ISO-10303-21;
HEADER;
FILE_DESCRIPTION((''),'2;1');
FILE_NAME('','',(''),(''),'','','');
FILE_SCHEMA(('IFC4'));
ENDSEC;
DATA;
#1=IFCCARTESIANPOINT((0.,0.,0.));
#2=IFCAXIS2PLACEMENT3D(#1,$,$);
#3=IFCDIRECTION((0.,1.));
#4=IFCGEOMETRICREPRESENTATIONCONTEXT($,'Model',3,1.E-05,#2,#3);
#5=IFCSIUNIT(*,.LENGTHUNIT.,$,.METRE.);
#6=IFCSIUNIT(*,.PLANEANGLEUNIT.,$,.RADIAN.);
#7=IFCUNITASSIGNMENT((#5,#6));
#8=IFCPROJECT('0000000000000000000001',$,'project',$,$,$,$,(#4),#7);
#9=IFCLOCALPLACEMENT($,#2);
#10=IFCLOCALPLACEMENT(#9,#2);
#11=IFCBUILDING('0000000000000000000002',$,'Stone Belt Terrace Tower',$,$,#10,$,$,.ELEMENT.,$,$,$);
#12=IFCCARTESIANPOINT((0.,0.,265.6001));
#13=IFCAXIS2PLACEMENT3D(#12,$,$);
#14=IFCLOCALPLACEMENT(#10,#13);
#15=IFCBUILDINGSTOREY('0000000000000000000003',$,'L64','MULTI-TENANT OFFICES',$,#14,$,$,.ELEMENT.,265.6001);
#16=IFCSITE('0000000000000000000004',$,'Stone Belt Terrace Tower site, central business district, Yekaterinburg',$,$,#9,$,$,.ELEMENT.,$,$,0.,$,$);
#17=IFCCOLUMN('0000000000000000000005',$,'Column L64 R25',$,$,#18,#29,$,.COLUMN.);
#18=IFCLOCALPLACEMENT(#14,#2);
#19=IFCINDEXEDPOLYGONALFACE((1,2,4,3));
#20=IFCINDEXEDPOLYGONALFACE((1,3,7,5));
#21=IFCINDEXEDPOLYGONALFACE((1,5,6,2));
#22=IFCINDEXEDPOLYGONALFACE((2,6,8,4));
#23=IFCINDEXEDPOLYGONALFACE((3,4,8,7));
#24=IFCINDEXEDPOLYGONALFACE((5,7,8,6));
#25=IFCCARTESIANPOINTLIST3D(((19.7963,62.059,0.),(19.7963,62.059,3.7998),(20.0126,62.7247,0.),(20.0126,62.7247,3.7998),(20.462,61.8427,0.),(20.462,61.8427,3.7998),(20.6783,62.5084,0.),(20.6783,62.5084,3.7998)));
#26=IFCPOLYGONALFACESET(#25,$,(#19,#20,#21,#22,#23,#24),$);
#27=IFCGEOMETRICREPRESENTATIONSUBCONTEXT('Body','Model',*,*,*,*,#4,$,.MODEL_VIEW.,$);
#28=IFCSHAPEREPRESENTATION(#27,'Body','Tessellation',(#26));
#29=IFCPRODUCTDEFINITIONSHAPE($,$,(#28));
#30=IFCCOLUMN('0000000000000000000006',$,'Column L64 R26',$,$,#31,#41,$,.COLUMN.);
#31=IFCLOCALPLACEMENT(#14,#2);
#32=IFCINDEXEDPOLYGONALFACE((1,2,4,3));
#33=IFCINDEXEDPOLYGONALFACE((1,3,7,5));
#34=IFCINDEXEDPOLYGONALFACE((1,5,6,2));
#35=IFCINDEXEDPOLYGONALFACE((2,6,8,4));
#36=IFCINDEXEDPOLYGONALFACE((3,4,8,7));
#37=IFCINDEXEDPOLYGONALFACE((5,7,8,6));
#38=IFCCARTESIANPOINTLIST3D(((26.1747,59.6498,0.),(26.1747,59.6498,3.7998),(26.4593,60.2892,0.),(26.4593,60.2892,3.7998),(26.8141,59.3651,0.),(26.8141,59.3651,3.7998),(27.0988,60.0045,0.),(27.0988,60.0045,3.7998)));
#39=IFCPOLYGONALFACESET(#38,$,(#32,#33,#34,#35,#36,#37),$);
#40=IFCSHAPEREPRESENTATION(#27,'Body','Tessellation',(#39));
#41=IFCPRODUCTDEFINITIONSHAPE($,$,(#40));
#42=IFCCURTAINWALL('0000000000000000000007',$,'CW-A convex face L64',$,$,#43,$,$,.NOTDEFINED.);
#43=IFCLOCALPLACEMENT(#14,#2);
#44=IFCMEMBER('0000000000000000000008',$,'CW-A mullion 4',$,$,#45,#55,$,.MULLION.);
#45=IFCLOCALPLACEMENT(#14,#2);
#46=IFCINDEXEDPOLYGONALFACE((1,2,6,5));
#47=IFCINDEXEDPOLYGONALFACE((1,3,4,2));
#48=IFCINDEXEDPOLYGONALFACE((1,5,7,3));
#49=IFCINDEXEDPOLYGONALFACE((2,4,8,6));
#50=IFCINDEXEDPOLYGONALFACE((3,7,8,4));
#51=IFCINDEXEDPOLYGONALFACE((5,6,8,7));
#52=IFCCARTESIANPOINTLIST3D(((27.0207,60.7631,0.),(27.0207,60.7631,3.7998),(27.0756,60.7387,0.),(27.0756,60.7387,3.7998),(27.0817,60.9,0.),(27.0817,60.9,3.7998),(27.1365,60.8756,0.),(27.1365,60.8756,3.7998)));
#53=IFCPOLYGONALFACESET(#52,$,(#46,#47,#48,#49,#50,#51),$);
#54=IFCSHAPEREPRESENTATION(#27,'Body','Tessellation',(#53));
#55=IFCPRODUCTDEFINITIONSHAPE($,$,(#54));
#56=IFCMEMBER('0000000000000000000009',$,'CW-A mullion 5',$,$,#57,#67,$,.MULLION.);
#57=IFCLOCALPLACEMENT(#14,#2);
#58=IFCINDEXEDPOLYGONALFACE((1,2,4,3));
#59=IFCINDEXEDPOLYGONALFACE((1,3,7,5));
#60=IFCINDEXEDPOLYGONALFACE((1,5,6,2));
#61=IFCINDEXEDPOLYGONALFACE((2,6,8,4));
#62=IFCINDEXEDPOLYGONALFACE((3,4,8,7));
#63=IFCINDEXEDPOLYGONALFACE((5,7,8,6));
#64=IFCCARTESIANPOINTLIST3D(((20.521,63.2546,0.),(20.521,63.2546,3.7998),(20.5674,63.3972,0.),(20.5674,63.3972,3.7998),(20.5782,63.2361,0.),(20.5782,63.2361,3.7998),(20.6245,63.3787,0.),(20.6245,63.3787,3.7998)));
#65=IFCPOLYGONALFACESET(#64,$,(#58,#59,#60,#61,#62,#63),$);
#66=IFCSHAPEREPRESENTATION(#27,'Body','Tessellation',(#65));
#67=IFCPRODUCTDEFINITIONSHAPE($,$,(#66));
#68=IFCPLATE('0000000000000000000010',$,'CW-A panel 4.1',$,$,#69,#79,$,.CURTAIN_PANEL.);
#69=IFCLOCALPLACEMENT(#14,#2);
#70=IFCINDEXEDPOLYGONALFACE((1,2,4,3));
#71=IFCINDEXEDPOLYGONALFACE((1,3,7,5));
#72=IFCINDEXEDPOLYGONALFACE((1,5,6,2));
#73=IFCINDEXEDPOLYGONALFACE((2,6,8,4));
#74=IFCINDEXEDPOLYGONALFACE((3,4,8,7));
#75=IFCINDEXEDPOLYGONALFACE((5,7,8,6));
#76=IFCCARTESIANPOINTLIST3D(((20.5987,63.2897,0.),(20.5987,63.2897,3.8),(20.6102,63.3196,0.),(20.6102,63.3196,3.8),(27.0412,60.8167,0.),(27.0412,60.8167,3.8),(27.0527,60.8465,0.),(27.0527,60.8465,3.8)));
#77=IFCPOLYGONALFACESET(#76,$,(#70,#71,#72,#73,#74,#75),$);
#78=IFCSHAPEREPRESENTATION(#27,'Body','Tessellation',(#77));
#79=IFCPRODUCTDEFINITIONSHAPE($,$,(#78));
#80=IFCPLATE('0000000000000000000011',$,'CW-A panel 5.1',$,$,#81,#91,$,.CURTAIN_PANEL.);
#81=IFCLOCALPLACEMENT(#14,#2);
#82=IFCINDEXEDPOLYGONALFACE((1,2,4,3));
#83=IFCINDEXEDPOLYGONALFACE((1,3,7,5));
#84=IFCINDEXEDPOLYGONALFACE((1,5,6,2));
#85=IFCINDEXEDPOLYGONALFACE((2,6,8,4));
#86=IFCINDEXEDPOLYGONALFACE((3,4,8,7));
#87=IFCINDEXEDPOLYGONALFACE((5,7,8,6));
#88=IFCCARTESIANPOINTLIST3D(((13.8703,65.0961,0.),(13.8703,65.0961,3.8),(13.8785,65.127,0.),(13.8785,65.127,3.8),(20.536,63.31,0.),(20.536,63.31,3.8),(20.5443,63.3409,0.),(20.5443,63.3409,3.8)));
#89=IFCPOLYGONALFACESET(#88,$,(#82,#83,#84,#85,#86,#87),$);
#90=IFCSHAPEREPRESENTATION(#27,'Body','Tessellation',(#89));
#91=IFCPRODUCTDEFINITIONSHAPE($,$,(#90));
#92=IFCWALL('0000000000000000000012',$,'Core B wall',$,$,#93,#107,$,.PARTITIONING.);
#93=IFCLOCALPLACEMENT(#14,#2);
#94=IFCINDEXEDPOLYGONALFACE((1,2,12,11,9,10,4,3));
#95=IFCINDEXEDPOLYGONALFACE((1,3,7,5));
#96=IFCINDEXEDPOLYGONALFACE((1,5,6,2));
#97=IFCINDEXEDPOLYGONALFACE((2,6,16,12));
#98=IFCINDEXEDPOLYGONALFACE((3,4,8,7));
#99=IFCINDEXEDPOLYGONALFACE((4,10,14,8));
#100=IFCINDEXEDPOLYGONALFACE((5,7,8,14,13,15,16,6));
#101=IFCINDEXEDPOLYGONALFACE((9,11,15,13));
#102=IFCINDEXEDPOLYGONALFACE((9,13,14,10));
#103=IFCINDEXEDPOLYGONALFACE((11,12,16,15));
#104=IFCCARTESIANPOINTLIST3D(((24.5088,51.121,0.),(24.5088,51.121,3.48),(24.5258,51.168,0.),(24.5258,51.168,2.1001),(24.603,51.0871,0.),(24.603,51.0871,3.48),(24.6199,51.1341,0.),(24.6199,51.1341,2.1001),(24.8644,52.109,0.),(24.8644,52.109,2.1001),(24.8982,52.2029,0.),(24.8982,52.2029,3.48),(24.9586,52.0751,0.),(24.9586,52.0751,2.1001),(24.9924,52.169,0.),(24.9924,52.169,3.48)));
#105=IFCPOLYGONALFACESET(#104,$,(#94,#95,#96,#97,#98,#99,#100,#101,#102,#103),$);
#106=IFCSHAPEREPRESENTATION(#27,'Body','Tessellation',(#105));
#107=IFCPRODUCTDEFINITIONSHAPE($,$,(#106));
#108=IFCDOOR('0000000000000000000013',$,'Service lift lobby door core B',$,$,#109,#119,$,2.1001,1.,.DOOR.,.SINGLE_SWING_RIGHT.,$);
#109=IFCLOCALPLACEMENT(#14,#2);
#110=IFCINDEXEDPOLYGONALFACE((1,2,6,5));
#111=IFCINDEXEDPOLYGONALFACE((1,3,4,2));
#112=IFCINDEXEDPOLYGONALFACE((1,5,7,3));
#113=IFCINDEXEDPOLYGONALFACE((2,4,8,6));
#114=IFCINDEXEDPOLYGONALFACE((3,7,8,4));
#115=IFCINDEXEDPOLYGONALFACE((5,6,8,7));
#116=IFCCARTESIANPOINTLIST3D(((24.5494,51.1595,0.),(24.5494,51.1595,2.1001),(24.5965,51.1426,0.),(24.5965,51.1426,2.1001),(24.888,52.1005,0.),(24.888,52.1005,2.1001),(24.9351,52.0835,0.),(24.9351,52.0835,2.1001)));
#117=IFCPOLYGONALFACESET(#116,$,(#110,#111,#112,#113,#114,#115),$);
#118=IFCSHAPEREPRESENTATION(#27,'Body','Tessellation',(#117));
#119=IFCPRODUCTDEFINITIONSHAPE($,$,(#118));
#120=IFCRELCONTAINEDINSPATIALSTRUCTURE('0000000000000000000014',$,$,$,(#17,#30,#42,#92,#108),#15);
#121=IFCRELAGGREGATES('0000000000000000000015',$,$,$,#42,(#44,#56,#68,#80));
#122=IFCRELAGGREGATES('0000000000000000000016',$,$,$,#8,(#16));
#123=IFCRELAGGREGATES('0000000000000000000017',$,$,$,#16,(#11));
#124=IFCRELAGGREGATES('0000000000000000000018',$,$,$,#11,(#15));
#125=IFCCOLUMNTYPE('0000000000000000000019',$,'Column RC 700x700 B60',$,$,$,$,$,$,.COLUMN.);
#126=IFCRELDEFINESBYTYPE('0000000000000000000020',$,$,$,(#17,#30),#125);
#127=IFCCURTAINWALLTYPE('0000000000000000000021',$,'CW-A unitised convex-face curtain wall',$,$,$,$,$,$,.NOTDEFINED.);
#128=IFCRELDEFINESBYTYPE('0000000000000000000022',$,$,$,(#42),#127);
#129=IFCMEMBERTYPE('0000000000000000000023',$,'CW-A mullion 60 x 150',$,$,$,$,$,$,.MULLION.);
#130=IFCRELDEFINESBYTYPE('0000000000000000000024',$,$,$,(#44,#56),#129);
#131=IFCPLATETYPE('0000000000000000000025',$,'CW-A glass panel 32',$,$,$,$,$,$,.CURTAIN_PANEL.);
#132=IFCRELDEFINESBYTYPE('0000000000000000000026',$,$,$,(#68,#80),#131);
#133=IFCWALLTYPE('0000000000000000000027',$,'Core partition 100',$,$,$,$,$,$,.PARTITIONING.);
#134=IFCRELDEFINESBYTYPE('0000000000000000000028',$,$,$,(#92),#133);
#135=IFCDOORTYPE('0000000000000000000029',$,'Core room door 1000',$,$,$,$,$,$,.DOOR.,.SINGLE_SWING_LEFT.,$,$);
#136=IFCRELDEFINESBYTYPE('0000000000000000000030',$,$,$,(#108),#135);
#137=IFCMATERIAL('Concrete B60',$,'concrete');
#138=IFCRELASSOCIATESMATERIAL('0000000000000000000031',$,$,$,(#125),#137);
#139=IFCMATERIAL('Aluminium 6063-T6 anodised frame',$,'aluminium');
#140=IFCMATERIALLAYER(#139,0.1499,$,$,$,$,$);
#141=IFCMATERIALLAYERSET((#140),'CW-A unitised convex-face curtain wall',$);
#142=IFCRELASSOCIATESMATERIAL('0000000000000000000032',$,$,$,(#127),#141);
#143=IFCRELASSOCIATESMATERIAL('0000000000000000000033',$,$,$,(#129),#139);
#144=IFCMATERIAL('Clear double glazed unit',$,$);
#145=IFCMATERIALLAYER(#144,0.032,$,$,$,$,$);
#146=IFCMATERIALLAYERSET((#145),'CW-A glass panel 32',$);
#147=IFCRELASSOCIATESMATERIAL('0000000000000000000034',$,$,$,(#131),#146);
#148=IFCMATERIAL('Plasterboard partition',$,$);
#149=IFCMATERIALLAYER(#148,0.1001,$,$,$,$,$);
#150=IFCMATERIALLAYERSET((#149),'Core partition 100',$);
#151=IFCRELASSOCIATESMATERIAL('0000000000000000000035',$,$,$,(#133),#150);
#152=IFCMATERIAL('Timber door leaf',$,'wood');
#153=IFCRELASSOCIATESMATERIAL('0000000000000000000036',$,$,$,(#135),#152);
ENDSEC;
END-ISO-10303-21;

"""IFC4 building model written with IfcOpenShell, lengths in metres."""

from ifc_helpers import new_model, si_unit, direction, frame, frame_2d, origin, origin_2d, place, context, subcontext, project, spatial, rectangle, extrude, material, layer, layer_set, material_profile, profile_set, type_object, element, fill, aggregate, save


model = new_model("IFC4")

# Units and contexts
model_context = context("Model", 3, precision=1e-05, world=origin(), true_north=direction((0.0, 1.0)))
body_context = subcontext(model_context, "Body", "Model", "MODEL_VIEW")
ifc_project = project(units=[si_unit("LENGTHUNIT", "METRE"), si_unit("PLANEANGLEUNIT", "RADIAN")], contexts=[model_context])

# Site, building, storey
site_placement = place(None, origin())
site = spatial("IfcSite", under=ifc_project, at=site_placement, Name="Stone Belt Terrace Tower site, central business district, Yekaterinburg", CompositionType="ELEMENT", RefElevation=0.0)
building_placement = place(site_placement, origin())
building = spatial("IfcBuilding", under=site, at=building_placement, Name="Stone Belt Terrace Tower", CompositionType="ELEMENT")
storey_placement = place(building_placement, frame((0.0, 0.0, 265.6001)))
storey = spatial("IfcBuildingStorey", under=building, at=storey_placement, Name="L64", Description="MULTI-TENANT OFFICES", CompositionType="ELEMENT", Elevation=265.6001)

# Columns
ifc_material_1 = material(Name="Concrete B60", Category="concrete")
ifc_material_profile_1 = material_profile(ifc_material_1, rectangle(XDim=0.7, YDim=0.7, at=origin_2d()), Name="RC 700x700")
ifc_profile_set_1 = profile_set([ifc_material_profile_1], Name="Concrete B60")
column_type = type_object("IfcColumnType", Name="Column RC 700x700 B60", PredefinedType="COLUMN", material=ifc_profile_set_1)
for number, where, z_axis, x_axis, name in (
    (1, (20.2373, 62.2837, 0.0), (0.0, 0.0, 1.0), (0.951057, -0.309017, 0.0), "Column L64 R25"),
    (2, (26.6367, 59.8271, 0.0), (0.0, 0.0, 1.0), (0.913545, -0.406737, 0.0), "Column L64 R26"),
):
    element("IfcColumn", number, at=place(storey_placement, frame(where, z_axis=z_axis, x_axis=x_axis)), inside=storey, type_object=column_type, Name=name, PredefinedType="COLUMN", context=body_context, shape_type="SweptSolid", body=[
        extrude(rectangle(XDim=0.7, YDim=0.7, at=origin_2d()), origin(), (0.0, 0.0, 1.0), 3.7998),
    ])

# Curtain wall, members, plates
ifc_material_2 = material(Name="Aluminium 6063-T6 anodised frame", Category="aluminium")
ifc_layer_1 = layer(ifc_material_2, 0.1499)
ifc_layer_set_1 = layer_set([ifc_layer_1], Name="CW-A unitised convex-face curtain wall")
curtain_wall_type = type_object("IfcCurtainWallType", Name="CW-A unitised convex-face curtain wall", PredefinedType="NOTDEFINED", material=ifc_layer_set_1)
curtain_wall_placement = place(storey_placement, origin())
curtain_wall = element("IfcCurtainWall", 3, at=curtain_wall_placement, inside=storey, type_object=curtain_wall_type, Name="CW-A convex face L64", PredefinedType="NOTDEFINED")
ifc_material_profile_2 = material_profile(ifc_material_2, rectangle(XDim=0.1499, YDim=0.0601, at=origin_2d()), Name="Aluminium 6063-T6 60x150")
ifc_profile_set_2 = profile_set([ifc_material_profile_2], Name="Aluminium 6063-T6 anodised frame")
member_type = type_object("IfcMemberType", Name="CW-A mullion 60 x 150", PredefinedType="MULLION", material=ifc_profile_set_2)
member_1_placement = place(storey_placement, frame((27.0786, 60.8193, 0.0), z_axis=(0.0, 0.0, 1.0), x_axis=(-0.406737, -0.913545, 0.0)))
member_1 = element("IfcMember", 4, at=member_1_placement, type_object=member_type, Name="CW-A mullion 4", PredefinedType="MULLION", context=body_context, shape_type="SweptSolid", body=[
    extrude(rectangle(XDim=0.1499, YDim=0.0601, at=origin_2d()), origin(), (0.0, 0.0, 1.0), 3.7998),
])
member_2_placement = place(storey_placement, frame((20.5728, 63.3167, 0.0), z_axis=(0.0, 0.0, 1.0), x_axis=(-0.309017, -0.951057, 0.0)))
member_2 = element("IfcMember", 5, at=member_2_placement, type_object=member_type, Name="CW-A mullion 5", PredefinedType="MULLION", context=body_context, shape_type="SweptSolid", body=[
    extrude(rectangle(XDim=0.1499, YDim=0.0601, at=origin_2d()), origin(), (0.0, 0.0, 1.0), 3.7998),
])
ifc_material_3 = material(Name="Clear double glazed unit")
ifc_layer_2 = layer(ifc_material_3, 0.032)
ifc_layer_set_2 = layer_set([ifc_layer_2], Name="CW-A glass panel 32")
plate_type = type_object("IfcPlateType", Name="CW-A glass panel 32", PredefinedType="CURTAIN_PANEL", material=ifc_layer_set_2)
plate_1_placement = place(storey_placement, frame((23.8257, 62.0681, 0.0), z_axis=(0.0, 0.0, 1.0), x_axis=(-0.93358, 0.358368, 0.0)))
plate_1 = element("IfcPlate", 6, at=plate_1_placement, type_object=plate_type, Name="CW-A panel 4.1", PredefinedType="CURTAIN_PANEL", context=body_context, shape_type="SweptSolid", body=[
    extrude(rectangle(XDim=6.9009, YDim=0.032, at=origin_2d()), origin(), (0.0, 0.0, 1.0), 3.8),
])
plate_2_placement = place(storey_placement, frame((17.2073, 64.2185, 0.0), z_axis=(0.0, 0.0, 1.0), x_axis=(-0.965926, 0.258819, 0.0)))
plate_2 = element("IfcPlate", 7, at=plate_2_placement, type_object=plate_type, Name="CW-A panel 5.1", PredefinedType="CURTAIN_PANEL", context=body_context, shape_type="SweptSolid", body=[
    extrude(rectangle(XDim=6.9009, YDim=0.032, at=origin_2d()), origin(), (0.0, 0.0, 1.0), 3.8),
])
aggregate(curtain_wall, [member_1, member_2, plate_1, plate_2])

# Wall, opening, door
ifc_material_4 = material(Name="Plasterboard partition")
ifc_layer_3 = layer(ifc_material_4, 0.1001)
ifc_layer_set_3 = layer_set([ifc_layer_3], Name="Core partition 100")
wall_type_1 = type_object("IfcWallType", Name="Core partition 100", PredefinedType="PARTITIONING", material=ifc_layer_set_3)
wall_1_placement = place(storey_placement, frame((24.5559, 51.104, 0.0), z_axis=(0.0, 0.0, 1.0), x_axis=(0.338622, 0.940923, 0.0)))
wall_1 = element("IfcWall", 8, at=wall_1_placement, inside=storey, type_object=wall_type_1, Name="Core B wall", PredefinedType="PARTITIONING", context=body_context, shape_type="SweptSolid", body=[
    extrude(rectangle(XDim=1.1499, YDim=0.1001, at=frame_2d((0.575, 0.0))), origin(), (0.0, 0.0, 1.0), 3.48),
])
opening_1_placement = place(wall_1_placement, frame((0.05, 0.0, 0.0)))
opening_1 = element("IfcOpeningElement", 9, at=opening_1_placement, cuts=wall_1, PredefinedType="OPENING", context=body_context, shape_type="SweptSolid", body=[
    extrude(rectangle(XDim=1.0, YDim=2.1001, at=frame_2d((0.5, 1.05))), frame((0.0, 0.0601, 0.0), z_axis=(0.0, -1.0, 0.0), x_axis=(1.0, 0.0, 0.0)), (0.0, 0.0, 1.0), 0.1201),
])
ifc_material_5 = material(Name="Timber door leaf", Category="wood")
door_type_1 = type_object("IfcDoorType", Name="Core room door 1000", OperationType="SINGLE_SWING_LEFT", PredefinedType="DOOR", material=ifc_material_5)
door_1_placement = place(opening_1_placement, origin())
door_1 = element("IfcDoor", 10, at=door_1_placement, inside=storey, type_object=door_type_1, Name="Service lift lobby door core B", OperationType="SINGLE_SWING_RIGHT", OverallHeight=2.1001, OverallWidth=1.0, PredefinedType="DOOR", context=body_context, shape_type="SweptSolid", body=[
    extrude(rectangle(XDim=1.0, YDim=2.1001, at=frame_2d((0.5, 1.05))), frame((0.0, 0.0249, 0.0), z_axis=(0.0, -1.0, 0.0), x_axis=(1.0, 0.0, 0.0)), (0.0, 0.0, 1.0), 0.05),
])
fill(opening_1, door_1)

save(model, "model.ifc")
